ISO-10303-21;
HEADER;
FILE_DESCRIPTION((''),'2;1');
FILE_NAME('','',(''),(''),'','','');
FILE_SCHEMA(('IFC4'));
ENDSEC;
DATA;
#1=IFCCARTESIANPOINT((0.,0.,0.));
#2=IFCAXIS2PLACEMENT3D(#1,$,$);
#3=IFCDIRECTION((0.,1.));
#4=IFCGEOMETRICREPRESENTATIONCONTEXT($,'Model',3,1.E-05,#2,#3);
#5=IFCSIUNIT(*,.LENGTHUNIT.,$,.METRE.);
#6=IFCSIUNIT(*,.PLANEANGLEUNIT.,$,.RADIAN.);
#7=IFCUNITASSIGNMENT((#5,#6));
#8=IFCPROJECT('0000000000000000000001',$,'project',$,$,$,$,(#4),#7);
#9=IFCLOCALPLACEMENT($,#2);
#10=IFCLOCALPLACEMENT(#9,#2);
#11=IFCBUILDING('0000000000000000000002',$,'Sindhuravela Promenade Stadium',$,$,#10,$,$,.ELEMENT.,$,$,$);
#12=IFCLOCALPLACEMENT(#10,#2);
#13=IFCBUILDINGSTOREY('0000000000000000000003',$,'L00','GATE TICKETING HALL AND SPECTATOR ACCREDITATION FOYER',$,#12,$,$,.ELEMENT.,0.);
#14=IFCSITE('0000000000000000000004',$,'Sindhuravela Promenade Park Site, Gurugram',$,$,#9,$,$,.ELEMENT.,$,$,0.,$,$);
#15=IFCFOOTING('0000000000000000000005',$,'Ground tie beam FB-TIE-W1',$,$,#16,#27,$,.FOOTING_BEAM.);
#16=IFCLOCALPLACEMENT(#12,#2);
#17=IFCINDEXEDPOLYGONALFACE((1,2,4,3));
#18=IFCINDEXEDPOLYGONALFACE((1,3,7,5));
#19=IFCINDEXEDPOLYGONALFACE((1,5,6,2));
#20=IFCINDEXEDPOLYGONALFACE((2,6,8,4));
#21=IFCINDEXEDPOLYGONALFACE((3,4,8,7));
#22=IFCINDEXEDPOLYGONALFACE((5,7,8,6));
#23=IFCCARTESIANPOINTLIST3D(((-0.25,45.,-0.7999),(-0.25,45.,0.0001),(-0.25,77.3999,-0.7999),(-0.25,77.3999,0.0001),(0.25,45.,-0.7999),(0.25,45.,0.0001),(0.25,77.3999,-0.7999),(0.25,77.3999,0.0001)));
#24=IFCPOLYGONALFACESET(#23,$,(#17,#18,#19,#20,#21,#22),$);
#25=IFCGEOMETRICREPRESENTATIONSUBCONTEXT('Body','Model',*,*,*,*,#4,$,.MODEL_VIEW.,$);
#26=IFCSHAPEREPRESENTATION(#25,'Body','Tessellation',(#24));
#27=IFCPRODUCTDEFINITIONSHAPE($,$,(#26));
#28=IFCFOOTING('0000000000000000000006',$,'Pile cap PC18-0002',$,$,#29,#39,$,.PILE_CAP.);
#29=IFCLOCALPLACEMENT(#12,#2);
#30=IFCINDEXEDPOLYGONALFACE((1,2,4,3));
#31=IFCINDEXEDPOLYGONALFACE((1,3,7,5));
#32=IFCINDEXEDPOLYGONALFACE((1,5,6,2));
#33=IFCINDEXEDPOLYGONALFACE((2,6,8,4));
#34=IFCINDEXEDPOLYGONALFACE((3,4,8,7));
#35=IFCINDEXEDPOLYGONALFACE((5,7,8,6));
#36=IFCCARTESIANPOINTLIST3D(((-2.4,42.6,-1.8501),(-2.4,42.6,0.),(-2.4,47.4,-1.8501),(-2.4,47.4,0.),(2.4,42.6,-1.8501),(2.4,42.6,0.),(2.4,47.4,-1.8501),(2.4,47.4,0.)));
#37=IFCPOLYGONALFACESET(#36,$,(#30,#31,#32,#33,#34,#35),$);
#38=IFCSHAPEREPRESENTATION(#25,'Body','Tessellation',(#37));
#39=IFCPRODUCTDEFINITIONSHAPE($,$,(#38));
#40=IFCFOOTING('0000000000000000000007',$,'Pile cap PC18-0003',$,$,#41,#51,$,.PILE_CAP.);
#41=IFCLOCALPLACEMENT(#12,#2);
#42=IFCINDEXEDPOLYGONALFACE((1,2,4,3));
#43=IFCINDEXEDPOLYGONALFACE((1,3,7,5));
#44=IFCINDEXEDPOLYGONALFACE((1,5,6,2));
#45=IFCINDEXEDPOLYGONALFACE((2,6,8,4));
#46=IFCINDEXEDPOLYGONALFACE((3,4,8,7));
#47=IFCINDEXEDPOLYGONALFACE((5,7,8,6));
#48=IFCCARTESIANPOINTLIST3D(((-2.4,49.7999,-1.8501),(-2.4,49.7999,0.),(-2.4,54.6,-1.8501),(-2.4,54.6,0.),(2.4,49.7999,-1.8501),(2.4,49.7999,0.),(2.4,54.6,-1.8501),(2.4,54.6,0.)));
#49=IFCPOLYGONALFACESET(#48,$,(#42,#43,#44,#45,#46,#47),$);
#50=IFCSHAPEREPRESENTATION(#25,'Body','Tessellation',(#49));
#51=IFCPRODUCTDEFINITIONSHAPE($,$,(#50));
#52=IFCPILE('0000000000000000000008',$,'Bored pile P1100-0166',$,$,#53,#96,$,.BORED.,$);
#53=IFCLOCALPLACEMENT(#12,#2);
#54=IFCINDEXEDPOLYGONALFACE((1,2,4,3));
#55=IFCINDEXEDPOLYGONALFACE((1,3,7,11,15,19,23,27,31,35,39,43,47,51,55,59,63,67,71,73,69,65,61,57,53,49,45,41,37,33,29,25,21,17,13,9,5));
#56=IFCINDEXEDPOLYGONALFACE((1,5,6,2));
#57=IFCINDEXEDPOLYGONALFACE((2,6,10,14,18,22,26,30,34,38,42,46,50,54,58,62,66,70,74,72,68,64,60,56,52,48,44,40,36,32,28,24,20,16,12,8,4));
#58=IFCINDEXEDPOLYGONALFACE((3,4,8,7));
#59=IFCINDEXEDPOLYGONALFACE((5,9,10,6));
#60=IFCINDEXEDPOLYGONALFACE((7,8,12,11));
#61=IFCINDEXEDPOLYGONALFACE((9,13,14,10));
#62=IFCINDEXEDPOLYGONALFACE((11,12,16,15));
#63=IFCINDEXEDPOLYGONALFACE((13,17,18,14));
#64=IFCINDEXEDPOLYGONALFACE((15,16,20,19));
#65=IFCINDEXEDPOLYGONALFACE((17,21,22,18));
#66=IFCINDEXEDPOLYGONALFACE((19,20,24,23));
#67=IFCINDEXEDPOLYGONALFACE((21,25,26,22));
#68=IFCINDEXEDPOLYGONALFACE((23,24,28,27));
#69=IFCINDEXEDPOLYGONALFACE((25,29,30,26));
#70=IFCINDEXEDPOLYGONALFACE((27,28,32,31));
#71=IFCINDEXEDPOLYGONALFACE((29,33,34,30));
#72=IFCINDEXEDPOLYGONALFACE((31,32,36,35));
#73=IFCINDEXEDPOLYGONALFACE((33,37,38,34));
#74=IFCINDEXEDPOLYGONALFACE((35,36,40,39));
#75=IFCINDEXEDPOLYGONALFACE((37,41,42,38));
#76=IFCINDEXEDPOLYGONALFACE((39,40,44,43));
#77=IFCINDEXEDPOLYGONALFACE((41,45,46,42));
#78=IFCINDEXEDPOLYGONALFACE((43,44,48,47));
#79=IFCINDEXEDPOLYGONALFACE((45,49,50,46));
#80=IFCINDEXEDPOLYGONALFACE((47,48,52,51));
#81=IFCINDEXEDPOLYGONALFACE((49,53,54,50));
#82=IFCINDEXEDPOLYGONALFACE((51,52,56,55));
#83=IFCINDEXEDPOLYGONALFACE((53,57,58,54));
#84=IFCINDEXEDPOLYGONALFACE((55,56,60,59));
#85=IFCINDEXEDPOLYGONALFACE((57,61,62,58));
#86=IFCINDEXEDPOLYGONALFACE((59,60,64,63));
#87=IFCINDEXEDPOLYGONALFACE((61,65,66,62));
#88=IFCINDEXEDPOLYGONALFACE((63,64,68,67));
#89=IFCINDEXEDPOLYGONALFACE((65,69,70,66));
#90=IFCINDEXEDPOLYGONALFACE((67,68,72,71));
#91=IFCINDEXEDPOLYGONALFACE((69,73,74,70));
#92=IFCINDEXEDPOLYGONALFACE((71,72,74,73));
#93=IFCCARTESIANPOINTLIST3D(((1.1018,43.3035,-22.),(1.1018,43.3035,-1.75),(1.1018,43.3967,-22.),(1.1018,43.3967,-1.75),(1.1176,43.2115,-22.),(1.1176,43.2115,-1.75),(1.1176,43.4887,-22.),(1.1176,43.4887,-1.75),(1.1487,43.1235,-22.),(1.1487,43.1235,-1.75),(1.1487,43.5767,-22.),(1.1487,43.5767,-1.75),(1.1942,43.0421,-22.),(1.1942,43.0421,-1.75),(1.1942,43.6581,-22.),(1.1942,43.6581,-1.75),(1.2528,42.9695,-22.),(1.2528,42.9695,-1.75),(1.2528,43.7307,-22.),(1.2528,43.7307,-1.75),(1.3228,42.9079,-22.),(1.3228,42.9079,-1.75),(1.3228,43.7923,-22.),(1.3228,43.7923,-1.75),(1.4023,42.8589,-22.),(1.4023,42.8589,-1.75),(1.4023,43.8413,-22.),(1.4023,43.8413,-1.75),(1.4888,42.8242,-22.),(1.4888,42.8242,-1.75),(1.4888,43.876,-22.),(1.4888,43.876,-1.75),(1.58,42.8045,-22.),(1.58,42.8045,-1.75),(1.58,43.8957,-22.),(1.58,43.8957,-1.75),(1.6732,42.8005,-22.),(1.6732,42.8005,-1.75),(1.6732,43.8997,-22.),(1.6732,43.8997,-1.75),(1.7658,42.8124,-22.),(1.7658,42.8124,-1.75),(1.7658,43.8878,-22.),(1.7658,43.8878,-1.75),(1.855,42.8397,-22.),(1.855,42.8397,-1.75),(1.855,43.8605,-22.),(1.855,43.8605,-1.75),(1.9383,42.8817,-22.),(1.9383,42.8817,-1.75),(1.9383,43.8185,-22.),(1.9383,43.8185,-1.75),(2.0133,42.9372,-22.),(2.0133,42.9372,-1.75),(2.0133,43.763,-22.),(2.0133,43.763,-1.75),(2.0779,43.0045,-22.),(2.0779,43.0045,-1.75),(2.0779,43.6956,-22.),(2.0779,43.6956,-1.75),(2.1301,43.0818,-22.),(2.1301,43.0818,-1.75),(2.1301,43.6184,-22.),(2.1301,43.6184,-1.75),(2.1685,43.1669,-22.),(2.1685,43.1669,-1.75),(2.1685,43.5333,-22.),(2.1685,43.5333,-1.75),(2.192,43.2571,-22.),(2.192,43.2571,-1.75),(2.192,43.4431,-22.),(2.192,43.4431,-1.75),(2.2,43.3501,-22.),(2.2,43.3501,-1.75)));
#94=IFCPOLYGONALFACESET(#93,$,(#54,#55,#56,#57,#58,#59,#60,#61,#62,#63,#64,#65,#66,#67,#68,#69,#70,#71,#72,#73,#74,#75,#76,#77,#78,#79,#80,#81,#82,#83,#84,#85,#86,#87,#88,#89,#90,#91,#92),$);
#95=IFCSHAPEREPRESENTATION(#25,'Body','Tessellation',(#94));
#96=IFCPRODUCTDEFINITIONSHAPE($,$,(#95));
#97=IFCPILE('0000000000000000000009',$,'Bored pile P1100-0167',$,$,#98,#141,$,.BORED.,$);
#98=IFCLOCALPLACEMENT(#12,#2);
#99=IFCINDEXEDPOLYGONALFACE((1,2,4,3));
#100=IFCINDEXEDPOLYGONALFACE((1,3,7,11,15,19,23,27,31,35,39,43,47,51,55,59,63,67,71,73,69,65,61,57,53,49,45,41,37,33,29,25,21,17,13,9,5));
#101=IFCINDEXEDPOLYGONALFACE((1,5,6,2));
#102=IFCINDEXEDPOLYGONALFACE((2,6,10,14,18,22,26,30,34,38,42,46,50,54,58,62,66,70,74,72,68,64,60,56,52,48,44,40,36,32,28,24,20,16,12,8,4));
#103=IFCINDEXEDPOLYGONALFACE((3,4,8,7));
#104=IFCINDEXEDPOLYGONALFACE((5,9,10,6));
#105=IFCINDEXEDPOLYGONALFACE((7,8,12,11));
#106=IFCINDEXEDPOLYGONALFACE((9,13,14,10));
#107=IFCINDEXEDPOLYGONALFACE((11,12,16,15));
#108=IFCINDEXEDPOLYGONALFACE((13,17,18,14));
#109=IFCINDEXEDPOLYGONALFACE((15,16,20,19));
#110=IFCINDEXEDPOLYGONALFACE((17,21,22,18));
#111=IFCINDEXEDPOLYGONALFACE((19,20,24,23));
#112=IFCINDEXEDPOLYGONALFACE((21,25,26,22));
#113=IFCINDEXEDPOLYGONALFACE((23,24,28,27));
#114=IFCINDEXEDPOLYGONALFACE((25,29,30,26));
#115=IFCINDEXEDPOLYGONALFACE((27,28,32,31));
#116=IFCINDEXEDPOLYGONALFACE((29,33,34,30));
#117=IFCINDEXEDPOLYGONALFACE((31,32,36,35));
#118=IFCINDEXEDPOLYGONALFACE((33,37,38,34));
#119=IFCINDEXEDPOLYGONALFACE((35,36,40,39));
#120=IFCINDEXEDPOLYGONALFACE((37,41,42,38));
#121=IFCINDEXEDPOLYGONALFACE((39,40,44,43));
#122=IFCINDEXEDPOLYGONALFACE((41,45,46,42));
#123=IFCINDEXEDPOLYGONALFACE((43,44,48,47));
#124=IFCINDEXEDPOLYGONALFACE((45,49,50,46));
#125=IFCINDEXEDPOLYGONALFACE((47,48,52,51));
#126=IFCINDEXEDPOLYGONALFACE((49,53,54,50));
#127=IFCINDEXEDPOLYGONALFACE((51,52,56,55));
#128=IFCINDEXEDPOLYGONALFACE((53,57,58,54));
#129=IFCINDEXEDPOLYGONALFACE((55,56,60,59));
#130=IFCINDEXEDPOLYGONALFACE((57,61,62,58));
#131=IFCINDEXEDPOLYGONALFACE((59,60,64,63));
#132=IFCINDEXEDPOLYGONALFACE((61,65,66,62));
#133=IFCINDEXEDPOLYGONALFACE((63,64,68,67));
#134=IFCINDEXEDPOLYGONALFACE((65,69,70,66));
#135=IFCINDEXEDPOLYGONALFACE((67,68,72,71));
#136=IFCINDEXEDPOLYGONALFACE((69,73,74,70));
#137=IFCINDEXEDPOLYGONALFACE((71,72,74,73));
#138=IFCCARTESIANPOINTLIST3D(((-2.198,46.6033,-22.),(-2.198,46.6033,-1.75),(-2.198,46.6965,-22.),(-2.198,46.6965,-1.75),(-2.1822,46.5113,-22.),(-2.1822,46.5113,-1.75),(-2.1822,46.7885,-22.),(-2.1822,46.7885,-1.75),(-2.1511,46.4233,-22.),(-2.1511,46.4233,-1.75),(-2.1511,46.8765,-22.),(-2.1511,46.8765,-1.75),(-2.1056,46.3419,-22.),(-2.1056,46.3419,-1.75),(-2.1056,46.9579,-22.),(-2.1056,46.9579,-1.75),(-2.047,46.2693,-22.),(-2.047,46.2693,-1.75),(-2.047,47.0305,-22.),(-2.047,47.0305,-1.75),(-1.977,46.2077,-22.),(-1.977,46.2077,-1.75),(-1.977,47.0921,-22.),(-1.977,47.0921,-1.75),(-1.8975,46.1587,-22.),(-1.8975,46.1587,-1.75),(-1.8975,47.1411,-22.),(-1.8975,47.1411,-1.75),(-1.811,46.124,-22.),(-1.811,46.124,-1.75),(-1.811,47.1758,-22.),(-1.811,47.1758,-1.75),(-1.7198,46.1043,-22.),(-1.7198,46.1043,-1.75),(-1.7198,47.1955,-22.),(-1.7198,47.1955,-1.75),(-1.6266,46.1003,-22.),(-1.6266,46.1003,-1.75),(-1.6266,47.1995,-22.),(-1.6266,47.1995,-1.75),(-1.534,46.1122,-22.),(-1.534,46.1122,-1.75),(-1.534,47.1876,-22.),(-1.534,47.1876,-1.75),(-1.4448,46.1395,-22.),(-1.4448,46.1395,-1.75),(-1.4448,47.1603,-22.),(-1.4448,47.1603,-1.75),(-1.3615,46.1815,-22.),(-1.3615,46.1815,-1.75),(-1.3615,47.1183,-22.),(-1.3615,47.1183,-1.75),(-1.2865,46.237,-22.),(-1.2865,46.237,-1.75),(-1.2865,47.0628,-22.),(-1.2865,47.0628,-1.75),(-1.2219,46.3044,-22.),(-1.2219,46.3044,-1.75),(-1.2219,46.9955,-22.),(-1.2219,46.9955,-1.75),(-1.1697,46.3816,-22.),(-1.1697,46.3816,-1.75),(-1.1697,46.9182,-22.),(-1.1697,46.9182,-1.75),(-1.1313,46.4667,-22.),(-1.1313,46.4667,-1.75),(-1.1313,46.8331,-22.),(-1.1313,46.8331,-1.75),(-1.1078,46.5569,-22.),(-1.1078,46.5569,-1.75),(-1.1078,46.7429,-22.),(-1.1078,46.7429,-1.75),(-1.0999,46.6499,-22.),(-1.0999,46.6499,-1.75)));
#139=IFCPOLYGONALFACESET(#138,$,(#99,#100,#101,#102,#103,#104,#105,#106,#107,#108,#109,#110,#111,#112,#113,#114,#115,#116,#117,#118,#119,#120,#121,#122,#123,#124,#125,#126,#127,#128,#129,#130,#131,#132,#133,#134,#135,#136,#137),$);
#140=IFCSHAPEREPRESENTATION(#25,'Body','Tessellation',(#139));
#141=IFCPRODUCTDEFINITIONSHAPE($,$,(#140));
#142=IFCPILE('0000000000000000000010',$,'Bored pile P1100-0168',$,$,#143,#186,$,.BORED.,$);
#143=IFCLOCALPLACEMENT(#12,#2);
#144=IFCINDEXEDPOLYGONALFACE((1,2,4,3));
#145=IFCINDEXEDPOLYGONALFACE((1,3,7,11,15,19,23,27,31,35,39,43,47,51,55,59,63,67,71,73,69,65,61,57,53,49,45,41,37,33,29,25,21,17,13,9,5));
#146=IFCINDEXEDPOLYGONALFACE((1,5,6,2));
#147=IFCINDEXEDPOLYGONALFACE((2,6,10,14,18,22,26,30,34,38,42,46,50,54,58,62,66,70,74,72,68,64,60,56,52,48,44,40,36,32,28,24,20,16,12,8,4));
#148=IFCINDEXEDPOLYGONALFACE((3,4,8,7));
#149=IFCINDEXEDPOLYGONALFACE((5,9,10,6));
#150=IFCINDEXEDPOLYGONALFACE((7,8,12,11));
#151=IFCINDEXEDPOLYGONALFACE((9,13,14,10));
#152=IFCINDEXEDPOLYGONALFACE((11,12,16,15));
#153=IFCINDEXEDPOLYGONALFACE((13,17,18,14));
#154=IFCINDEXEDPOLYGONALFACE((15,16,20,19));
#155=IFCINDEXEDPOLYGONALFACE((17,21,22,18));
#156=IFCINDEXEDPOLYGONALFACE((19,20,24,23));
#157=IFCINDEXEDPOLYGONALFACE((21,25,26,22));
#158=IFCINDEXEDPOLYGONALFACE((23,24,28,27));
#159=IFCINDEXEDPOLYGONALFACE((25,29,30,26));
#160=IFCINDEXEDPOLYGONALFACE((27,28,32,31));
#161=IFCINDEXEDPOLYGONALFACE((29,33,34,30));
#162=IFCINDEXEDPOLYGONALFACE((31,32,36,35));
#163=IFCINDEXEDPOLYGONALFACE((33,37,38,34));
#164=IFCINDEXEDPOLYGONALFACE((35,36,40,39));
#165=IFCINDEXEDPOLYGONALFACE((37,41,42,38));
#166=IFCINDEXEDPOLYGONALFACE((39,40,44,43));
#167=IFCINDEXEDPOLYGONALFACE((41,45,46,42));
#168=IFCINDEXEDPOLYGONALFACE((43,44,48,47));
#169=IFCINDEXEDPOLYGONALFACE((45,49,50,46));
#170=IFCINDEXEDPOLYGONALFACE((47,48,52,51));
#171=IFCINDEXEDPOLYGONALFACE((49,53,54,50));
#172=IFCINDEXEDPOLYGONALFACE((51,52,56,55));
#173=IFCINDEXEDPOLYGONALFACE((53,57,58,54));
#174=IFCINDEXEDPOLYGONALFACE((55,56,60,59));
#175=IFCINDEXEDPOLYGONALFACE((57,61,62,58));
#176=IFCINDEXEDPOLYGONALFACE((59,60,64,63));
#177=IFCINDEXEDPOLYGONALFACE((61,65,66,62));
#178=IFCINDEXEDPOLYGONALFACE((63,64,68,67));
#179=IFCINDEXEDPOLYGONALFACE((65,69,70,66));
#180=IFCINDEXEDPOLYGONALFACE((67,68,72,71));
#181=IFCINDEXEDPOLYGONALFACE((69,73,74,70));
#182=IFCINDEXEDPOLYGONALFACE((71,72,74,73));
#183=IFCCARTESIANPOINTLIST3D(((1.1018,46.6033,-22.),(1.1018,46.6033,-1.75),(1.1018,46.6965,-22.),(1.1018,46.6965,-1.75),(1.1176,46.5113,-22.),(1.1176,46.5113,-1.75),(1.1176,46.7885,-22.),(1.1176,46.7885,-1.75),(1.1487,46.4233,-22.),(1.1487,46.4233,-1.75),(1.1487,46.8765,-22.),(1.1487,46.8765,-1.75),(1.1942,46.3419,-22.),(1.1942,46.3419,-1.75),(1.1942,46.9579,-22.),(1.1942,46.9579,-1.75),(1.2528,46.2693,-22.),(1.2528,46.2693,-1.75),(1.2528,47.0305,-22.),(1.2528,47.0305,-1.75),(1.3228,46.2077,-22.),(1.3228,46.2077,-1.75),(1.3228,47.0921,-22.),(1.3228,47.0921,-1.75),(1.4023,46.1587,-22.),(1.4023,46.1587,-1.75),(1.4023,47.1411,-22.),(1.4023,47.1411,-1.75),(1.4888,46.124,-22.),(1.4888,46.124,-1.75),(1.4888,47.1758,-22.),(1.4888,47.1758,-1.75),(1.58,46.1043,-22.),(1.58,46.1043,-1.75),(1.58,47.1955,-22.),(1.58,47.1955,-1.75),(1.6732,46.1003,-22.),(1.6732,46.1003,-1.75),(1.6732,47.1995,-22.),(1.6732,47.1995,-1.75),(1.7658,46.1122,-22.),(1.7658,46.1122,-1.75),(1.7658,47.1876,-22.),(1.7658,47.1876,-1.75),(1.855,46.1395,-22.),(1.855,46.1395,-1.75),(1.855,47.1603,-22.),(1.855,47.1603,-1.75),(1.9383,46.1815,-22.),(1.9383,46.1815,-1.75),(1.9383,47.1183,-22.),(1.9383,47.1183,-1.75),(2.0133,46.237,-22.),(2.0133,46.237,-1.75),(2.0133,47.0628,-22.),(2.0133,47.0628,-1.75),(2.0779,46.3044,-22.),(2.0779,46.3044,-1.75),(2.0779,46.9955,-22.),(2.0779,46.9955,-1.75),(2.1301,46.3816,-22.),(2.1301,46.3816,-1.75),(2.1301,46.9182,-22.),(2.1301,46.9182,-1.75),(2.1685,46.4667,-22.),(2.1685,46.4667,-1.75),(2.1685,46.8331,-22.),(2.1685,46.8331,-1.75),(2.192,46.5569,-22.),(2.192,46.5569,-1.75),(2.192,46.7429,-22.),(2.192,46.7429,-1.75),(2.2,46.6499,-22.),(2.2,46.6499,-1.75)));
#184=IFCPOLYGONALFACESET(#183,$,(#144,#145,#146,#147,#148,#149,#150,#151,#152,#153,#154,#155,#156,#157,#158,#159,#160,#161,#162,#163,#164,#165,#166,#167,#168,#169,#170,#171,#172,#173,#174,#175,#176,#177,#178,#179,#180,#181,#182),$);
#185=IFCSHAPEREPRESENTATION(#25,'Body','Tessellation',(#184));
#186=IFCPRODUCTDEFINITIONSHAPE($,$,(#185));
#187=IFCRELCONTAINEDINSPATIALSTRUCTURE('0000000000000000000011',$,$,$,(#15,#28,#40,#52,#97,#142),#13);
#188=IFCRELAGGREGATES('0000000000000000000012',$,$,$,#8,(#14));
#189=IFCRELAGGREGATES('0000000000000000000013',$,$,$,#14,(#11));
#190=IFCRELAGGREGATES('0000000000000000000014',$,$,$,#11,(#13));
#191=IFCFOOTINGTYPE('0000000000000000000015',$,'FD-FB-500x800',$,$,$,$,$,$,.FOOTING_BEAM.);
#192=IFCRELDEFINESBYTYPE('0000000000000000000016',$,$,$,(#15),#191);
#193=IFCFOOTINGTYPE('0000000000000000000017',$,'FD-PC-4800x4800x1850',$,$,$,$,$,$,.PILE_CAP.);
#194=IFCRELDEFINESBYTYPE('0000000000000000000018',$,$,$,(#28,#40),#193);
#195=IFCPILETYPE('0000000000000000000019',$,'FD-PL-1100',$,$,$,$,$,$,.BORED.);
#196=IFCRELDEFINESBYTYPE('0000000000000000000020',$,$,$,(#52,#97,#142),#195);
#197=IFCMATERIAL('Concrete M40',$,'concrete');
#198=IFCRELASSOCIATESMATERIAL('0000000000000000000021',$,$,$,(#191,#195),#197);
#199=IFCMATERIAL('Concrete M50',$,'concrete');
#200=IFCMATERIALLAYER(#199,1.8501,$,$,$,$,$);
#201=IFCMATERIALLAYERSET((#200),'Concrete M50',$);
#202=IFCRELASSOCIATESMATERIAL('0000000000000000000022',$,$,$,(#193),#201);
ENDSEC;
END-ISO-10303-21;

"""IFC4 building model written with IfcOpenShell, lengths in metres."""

from ifc_helpers import new_model, si_unit, direction, frame, origin, origin_2d, place, context, subcontext, project, spatial, rectangle, circle, extrude, material, layer, layer_set, material_profile, profile_set, type_object, element, save


model = new_model("IFC4")

# Units and contexts
model_context = context("Model", 3, precision=1e-05, world=origin(), true_north=direction((0.0, 1.0)))
body_context = subcontext(model_context, "Body", "Model", "MODEL_VIEW")
ifc_project = project(units=[si_unit("LENGTHUNIT", "METRE"), si_unit("PLANEANGLEUNIT", "RADIAN")], contexts=[model_context])

# Site, building, storey
site_placement = place(None, origin())
site = spatial("IfcSite", under=ifc_project, at=site_placement, Name="Sindhuravela Promenade Park Site, Gurugram", CompositionType="ELEMENT", RefElevation=0.0)
building_placement = place(site_placement, origin())
building = spatial("IfcBuilding", under=site, at=building_placement, Name="Sindhuravela Promenade Stadium", CompositionType="ELEMENT")
storey_placement = place(building_placement, origin())
storey = spatial("IfcBuildingStorey", under=building, at=storey_placement, Name="L00", Description="GATE TICKETING HALL AND SPECTATOR ACCREDITATION FOYER", CompositionType="ELEMENT", Elevation=0.0)

# Footings
ifc_material_1 = material(Name="Concrete M40", Category="concrete")
ifc_material_profile_1 = material_profile(ifc_material_1, rectangle(XDim=0.5, YDim=0.8, at=origin_2d()), Name="RC 500x800")
ifc_profile_set_1 = profile_set([ifc_material_profile_1], Name="Concrete M40")
footing_type_1 = type_object("IfcFootingType", Name="FD-FB-500x800", PredefinedType="FOOTING_BEAM", material=ifc_profile_set_1)
footing_placement = place(storey_placement, frame((0.0, 45.0, -0.3999), z_axis=(0.0, 1.0, 0.0), x_axis=(-1.0, 0.0, 0.0)))
element("IfcFooting", 1, at=footing_placement, inside=storey, type_object=footing_type_1, Name="Ground tie beam FB-TIE-W1", PredefinedType="FOOTING_BEAM", context=body_context, shape_type="SweptSolid", body=[
    extrude(rectangle(XDim=0.5, YDim=0.8, at=origin_2d()), origin(), (0.0, 0.0, 1.0), 32.3999),
])
ifc_material_2 = material(Name="Concrete M50", Category="concrete")
ifc_layer_1 = layer(ifc_material_2, 1.8501)
ifc_layer_set_1 = layer_set([ifc_layer_1], Name="Concrete M50")
footing_type_2 = type_object("IfcFootingType", Name="FD-PC-4800x4800x1850", PredefinedType="PILE_CAP", material=ifc_layer_set_1)
for number, where, z_axis, x_axis, name in (
    (2, (0.0, 45.0, -1.8501), (0.0, 0.0, 1.0), (1.0, 0.0, 0.0), "Pile cap PC18-0002"),
    (3, (0.0, 52.2, -1.8501), (0.0, 0.0, 1.0), (1.0, 0.0, 0.0), "Pile cap PC18-0003"),
):
    element("IfcFooting", number, at=place(storey_placement, frame(where, z_axis=z_axis, x_axis=x_axis)), inside=storey, type_object=footing_type_2, Name=name, PredefinedType="PILE_CAP", context=body_context, shape_type="SweptSolid", body=[
        extrude(rectangle(XDim=4.8, YDim=4.8, at=origin_2d()), origin(), (0.0, 0.0, 1.0), 1.8501),
    ])

# Piles
ifc_material_profile_2 = material_profile(ifc_material_1, circle(Radius=0.55, at=origin_2d()), Name="BORED PILE D1100")
ifc_profile_set_2 = profile_set([ifc_material_profile_2], Name="Concrete M40")
pile_type = type_object("IfcPileType", Name="FD-PL-1100", PredefinedType="BORED", material=ifc_profile_set_2)
for number, where, z_axis, x_axis, name in (
    (4, (1.6499, 43.3501, -1.75), (0.0, 0.0, -1.0), (1.0, 0.0, 0.0), "Bored pile P1100-0166"),
    (5, (-1.6499, 46.6499, -1.75), (0.0, 0.0, -1.0), (1.0, 0.0, 0.0), "Bored pile P1100-0167"),
    (6, (1.6499, 46.6499, -1.75), (0.0, 0.0, -1.0), (1.0, 0.0, 0.0), "Bored pile P1100-0168"),
):
    element("IfcPile", number, at=place(storey_placement, frame(where, z_axis=z_axis, x_axis=x_axis)), inside=storey, type_object=pile_type, Name=name, PredefinedType="BORED", context=body_context, shape_type="SweptSolid", body=[
        extrude(circle(Radius=0.55, at=origin_2d()), origin(), (0.0, 0.0, 1.0), 20.25),
    ])

save(model, "model.ifc")
